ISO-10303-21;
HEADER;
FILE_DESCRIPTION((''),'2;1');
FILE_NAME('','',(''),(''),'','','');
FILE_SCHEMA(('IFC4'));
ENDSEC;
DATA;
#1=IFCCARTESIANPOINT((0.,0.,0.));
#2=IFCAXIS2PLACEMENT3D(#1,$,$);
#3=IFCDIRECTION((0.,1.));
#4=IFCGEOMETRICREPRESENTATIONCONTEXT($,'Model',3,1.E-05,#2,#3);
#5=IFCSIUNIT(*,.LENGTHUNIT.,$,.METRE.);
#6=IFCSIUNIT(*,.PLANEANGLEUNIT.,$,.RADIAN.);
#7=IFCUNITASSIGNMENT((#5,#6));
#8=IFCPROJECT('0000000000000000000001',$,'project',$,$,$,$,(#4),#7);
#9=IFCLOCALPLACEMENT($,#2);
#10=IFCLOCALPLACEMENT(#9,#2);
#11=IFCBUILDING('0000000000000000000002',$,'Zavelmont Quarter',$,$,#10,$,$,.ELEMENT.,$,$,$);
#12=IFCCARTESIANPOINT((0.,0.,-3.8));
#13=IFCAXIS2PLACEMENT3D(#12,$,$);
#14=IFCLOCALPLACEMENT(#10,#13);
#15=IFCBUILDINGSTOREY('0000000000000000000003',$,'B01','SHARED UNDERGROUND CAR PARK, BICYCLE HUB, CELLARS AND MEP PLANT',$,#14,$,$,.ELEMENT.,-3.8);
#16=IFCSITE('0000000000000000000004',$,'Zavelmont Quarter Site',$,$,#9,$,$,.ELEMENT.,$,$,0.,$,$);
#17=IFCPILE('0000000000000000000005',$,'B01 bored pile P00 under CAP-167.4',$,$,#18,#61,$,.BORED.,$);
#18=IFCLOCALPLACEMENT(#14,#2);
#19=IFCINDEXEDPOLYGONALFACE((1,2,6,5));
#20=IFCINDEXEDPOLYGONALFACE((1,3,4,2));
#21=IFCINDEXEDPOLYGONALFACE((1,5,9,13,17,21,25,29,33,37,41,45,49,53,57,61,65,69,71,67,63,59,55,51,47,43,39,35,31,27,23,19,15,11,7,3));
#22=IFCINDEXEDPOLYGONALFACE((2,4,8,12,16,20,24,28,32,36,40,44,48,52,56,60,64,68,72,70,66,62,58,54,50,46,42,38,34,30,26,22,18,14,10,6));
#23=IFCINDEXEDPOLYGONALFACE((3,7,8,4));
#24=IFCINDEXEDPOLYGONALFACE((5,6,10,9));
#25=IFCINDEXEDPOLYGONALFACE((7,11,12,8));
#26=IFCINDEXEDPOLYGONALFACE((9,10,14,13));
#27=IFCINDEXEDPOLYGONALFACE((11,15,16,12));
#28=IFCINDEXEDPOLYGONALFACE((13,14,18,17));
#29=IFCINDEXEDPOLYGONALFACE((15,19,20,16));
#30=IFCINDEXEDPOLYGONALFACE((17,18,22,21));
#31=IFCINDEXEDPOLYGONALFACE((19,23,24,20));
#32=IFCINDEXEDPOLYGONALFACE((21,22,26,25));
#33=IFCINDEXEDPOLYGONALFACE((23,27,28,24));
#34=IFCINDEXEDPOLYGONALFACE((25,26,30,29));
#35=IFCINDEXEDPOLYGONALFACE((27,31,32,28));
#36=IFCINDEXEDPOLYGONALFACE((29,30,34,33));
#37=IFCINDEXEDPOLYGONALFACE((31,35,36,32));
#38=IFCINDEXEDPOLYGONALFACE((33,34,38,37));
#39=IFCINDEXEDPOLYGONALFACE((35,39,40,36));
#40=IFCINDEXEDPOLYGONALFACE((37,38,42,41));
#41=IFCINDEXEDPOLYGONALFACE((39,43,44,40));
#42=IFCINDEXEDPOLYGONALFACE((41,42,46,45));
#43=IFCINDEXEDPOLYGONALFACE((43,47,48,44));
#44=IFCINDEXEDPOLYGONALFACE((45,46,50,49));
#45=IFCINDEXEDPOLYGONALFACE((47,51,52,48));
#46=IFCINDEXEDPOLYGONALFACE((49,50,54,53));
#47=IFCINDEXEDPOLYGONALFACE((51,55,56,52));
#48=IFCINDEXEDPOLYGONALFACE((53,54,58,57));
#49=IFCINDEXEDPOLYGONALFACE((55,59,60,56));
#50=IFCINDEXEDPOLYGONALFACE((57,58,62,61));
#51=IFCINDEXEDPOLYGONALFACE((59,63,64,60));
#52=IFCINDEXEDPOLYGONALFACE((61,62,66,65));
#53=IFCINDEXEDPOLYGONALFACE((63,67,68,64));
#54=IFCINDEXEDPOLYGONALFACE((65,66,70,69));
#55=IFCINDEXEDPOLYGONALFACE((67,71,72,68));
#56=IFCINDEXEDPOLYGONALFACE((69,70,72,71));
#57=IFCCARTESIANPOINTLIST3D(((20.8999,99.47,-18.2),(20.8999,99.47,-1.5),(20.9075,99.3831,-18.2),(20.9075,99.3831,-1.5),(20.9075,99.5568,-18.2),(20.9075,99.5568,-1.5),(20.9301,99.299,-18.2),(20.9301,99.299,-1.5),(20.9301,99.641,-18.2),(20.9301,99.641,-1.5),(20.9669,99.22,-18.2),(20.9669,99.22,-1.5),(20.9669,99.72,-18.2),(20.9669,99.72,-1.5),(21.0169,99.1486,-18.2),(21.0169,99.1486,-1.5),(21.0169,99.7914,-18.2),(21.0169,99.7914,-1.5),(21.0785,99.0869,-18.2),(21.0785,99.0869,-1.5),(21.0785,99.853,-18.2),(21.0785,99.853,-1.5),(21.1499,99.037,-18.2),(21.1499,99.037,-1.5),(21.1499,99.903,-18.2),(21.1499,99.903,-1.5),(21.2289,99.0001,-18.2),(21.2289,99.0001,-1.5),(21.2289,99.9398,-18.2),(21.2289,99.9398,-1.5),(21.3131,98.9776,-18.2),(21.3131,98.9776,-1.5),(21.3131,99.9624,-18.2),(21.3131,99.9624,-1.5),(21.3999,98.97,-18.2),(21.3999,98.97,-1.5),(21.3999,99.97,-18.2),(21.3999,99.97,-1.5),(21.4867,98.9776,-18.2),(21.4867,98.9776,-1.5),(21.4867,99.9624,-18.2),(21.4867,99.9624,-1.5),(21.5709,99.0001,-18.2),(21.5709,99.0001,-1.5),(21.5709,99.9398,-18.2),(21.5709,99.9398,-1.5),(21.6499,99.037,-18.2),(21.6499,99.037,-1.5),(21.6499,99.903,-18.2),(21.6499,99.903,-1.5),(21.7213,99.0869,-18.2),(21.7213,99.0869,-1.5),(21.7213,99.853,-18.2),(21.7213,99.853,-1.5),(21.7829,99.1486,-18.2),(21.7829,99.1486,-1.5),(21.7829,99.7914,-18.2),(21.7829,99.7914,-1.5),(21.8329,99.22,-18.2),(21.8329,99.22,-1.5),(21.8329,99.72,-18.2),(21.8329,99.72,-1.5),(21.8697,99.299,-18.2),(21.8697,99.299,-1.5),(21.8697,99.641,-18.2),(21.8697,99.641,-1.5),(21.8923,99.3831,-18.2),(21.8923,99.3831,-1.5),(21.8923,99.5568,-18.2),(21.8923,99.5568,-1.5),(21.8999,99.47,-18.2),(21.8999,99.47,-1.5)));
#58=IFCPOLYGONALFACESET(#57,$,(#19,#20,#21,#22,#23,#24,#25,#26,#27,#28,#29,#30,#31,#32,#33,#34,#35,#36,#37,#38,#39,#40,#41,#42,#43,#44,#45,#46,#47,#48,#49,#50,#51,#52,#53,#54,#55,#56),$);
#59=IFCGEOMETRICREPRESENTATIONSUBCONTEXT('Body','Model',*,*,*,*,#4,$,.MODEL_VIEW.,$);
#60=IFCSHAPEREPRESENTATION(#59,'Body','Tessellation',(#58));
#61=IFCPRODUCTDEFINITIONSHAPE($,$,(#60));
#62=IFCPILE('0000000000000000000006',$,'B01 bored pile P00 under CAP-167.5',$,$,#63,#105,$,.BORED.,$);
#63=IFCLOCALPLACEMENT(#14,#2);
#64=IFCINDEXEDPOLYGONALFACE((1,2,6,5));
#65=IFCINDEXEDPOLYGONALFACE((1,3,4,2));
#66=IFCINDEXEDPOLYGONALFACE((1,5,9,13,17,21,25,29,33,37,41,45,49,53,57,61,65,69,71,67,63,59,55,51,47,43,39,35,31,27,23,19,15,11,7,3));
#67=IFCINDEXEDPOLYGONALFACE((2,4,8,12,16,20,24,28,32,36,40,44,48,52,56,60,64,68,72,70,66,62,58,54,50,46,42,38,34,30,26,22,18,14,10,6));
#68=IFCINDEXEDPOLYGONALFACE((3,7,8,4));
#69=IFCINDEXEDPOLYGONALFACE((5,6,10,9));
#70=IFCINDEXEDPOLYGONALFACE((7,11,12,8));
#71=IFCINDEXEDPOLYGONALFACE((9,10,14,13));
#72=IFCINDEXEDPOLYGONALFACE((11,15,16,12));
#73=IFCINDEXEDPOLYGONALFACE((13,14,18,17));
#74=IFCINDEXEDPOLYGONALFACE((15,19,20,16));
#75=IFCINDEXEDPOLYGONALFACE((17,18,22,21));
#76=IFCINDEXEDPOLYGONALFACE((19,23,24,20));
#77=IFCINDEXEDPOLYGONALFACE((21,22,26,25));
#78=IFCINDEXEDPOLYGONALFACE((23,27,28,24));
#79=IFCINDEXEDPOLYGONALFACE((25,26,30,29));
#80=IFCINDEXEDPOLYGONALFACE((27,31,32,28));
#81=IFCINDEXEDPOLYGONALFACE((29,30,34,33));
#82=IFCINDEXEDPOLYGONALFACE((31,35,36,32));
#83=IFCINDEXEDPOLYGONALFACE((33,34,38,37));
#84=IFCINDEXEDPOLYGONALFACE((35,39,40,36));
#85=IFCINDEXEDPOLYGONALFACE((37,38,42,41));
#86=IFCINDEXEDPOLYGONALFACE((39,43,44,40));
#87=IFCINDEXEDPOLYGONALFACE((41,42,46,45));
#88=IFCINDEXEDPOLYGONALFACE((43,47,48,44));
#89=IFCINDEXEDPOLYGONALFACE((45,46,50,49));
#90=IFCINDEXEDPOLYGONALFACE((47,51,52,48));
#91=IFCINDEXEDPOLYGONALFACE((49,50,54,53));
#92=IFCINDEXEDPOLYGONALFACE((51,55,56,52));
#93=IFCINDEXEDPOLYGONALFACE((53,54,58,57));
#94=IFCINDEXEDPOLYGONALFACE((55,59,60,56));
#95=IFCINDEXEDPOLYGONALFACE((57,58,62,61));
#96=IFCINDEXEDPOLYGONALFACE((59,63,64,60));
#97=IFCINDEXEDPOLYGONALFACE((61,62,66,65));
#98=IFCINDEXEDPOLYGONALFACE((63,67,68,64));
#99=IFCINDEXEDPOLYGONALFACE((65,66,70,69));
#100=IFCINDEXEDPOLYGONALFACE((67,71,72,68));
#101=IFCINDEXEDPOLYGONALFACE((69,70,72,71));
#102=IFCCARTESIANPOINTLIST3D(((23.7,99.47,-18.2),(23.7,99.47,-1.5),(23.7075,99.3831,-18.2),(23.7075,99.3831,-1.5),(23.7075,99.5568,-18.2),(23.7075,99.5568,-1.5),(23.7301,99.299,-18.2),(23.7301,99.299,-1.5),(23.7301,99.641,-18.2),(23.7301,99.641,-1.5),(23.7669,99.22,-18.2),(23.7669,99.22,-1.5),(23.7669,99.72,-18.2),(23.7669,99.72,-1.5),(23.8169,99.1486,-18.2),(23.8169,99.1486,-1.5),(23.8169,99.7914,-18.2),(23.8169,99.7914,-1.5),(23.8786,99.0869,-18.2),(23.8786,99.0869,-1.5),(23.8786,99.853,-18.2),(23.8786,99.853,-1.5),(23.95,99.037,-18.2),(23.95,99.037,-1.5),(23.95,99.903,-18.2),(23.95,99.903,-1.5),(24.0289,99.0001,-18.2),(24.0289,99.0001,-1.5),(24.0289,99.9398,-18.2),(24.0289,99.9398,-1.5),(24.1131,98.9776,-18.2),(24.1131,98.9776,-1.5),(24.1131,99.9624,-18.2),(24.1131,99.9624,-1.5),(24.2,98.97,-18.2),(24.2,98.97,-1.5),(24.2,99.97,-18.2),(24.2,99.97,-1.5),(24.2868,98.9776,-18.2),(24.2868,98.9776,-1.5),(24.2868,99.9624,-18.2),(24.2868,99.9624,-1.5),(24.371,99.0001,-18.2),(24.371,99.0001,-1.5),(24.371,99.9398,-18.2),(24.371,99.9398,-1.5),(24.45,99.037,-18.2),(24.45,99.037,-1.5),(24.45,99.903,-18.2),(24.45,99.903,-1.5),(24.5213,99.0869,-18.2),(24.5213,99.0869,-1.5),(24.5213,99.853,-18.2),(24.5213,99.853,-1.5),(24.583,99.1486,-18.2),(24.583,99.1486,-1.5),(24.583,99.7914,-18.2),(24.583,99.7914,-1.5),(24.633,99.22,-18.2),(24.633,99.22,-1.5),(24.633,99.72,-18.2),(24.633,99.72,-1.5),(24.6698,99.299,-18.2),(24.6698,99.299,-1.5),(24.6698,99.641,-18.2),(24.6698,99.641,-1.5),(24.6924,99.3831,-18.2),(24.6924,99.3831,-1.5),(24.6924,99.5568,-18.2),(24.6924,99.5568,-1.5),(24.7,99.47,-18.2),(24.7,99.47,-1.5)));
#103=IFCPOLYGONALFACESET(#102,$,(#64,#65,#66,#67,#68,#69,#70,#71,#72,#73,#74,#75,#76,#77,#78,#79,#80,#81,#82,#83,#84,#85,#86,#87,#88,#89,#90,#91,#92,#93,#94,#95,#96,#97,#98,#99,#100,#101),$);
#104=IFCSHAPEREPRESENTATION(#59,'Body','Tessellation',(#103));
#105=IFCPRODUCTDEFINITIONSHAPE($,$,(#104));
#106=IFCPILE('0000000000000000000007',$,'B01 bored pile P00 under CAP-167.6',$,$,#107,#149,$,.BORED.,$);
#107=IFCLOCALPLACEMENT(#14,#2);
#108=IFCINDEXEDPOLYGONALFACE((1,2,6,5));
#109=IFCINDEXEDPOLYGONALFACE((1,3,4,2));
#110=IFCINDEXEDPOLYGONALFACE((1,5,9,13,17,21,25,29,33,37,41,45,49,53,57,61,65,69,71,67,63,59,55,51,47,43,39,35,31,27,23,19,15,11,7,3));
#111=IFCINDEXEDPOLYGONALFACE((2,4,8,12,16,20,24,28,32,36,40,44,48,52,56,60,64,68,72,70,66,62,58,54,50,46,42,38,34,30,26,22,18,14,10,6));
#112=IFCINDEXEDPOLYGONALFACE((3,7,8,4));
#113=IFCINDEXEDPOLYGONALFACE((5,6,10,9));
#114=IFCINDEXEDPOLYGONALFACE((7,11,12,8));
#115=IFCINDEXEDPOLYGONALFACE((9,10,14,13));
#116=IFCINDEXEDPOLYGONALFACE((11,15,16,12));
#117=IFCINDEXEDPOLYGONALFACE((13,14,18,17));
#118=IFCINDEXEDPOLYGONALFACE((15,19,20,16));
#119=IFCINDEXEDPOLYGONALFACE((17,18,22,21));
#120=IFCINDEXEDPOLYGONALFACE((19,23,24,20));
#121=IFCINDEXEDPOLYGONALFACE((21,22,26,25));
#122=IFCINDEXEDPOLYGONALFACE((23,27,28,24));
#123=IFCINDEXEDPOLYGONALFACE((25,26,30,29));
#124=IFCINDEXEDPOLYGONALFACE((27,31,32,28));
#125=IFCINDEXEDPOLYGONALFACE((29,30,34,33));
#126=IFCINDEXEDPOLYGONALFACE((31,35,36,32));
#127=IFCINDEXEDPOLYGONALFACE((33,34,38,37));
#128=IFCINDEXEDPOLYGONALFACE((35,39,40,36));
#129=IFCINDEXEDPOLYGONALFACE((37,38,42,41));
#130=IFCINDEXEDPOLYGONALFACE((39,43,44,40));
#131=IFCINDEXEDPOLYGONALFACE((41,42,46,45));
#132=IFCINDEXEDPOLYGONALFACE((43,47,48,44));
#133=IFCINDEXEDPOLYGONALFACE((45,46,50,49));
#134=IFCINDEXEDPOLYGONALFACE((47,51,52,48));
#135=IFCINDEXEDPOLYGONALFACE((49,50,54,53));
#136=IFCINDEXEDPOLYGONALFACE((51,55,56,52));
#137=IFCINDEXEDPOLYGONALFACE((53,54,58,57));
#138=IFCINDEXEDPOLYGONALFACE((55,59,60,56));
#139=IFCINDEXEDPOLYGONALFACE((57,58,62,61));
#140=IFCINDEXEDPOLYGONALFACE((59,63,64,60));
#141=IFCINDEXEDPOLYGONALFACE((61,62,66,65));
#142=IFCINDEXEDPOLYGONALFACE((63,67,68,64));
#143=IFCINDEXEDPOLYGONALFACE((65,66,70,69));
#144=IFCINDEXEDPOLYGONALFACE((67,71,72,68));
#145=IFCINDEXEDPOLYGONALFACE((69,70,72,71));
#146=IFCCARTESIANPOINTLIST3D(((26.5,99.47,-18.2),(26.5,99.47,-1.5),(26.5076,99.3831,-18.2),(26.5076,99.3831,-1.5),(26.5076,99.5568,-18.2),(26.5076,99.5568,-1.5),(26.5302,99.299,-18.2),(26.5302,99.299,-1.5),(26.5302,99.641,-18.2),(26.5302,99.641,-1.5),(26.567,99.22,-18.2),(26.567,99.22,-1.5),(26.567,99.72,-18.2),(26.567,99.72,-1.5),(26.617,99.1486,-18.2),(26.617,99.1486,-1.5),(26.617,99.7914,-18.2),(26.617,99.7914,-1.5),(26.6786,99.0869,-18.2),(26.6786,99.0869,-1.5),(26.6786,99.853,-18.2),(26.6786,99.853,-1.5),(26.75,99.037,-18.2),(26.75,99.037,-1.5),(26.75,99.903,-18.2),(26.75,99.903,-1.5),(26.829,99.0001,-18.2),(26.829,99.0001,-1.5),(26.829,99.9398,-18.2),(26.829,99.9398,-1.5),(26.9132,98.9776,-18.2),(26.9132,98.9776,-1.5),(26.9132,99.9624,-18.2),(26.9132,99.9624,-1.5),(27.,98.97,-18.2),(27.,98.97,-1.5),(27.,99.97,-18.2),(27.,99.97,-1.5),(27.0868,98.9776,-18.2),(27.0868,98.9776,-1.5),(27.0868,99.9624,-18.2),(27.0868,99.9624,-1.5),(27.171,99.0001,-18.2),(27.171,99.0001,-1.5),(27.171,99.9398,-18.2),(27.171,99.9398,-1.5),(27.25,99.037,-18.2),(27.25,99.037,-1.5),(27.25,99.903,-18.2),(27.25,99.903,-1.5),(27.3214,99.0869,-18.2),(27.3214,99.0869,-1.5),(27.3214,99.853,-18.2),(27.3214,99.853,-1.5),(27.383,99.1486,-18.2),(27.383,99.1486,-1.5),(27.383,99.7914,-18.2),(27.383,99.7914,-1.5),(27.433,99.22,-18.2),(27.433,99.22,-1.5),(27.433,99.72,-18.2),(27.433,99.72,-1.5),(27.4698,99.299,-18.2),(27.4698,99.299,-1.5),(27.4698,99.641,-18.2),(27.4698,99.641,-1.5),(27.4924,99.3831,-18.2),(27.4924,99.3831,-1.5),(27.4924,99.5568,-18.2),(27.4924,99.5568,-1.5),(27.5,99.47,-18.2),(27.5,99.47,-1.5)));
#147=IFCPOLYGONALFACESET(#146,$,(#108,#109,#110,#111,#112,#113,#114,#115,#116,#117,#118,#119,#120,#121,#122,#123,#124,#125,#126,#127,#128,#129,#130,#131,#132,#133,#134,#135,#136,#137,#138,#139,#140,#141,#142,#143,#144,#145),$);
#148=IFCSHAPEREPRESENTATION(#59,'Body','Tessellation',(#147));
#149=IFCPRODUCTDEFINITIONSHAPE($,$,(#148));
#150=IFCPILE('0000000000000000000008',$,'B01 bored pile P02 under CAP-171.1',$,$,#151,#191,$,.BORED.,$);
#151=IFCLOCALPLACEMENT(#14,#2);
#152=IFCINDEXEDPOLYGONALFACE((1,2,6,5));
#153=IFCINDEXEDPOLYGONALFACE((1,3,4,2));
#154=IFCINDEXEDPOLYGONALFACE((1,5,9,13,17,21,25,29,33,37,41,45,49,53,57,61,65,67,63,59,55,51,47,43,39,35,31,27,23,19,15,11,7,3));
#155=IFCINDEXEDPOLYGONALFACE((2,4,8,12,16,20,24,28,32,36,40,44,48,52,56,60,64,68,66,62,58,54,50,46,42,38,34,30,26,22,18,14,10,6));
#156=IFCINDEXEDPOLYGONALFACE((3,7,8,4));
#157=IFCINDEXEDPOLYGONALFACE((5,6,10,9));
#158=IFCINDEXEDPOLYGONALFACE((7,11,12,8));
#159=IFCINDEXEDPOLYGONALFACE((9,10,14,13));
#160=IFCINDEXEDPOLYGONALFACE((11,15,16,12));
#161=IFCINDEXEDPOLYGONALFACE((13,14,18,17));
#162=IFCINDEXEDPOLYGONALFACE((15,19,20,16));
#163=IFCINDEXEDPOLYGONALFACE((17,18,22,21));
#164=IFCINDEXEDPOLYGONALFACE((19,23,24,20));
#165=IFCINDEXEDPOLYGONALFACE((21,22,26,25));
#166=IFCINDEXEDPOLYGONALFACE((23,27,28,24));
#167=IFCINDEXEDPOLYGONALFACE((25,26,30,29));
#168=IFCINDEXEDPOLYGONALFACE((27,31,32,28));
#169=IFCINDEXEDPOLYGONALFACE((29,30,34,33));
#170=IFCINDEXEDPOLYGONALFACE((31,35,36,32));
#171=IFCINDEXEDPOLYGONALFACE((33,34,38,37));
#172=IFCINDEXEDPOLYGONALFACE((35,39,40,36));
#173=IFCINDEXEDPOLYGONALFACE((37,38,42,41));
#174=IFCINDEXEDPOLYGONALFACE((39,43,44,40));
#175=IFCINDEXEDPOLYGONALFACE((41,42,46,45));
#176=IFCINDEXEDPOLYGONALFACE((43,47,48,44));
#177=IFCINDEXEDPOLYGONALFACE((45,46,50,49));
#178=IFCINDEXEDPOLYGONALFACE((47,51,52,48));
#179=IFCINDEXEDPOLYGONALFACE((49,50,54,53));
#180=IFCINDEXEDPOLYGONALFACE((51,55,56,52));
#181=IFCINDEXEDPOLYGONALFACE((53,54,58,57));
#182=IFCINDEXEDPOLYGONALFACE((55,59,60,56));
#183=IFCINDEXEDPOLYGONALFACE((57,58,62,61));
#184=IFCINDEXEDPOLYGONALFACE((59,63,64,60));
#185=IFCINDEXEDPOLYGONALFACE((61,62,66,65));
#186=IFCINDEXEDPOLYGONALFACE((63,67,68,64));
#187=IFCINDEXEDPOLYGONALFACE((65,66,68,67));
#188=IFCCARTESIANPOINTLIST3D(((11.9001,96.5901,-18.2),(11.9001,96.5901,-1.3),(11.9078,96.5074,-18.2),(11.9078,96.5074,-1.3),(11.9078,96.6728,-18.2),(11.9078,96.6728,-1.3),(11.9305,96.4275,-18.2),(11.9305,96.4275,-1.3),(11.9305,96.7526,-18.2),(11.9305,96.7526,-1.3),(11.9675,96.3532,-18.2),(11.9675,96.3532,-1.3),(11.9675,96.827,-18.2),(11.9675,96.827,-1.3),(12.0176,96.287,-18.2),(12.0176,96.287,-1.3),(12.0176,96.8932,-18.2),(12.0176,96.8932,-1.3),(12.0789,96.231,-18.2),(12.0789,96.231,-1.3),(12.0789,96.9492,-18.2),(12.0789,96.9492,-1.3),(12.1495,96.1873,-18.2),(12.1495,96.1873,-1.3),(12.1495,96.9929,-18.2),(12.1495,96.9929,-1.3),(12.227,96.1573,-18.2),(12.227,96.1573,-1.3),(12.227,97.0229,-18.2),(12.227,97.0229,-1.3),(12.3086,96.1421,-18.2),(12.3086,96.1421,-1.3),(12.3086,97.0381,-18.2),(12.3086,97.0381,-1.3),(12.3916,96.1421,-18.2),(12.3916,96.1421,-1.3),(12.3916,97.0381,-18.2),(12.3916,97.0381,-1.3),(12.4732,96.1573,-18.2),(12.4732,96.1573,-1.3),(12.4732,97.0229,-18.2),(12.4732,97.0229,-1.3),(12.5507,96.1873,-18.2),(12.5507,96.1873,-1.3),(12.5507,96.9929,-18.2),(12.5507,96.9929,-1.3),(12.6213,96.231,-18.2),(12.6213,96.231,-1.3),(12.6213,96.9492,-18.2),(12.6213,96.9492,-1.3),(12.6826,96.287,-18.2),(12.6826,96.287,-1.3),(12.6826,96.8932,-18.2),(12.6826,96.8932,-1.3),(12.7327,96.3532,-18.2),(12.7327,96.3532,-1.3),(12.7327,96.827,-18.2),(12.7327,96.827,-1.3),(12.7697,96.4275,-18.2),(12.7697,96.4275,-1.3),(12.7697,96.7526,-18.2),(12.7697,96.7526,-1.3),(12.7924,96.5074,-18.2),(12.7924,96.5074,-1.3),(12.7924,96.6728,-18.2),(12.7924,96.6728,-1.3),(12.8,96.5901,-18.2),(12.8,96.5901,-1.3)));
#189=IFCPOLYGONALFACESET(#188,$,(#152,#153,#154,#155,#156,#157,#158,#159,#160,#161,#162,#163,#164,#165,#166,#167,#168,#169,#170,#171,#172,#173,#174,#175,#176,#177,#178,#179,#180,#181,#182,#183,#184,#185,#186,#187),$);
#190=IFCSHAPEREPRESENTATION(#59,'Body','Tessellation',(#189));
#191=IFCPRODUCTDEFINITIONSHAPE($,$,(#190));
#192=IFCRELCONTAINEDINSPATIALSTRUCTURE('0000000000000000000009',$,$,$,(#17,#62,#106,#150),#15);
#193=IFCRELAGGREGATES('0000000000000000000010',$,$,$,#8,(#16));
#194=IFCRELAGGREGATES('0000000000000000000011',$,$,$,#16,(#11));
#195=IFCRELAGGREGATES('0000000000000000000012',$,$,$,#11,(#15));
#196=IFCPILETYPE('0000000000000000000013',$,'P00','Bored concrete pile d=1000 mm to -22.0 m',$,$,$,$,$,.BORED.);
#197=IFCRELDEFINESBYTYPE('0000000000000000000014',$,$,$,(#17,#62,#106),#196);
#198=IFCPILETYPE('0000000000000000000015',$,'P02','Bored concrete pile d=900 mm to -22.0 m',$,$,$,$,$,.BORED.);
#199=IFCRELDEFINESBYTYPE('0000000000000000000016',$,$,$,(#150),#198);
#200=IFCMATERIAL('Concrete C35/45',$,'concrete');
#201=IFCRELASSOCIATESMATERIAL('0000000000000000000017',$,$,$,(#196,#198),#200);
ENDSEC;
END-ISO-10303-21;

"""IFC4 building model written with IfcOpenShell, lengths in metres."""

from ifc_helpers import new_model, si_unit, direction, frame, origin, origin_2d, place, context, subcontext, project, spatial, circle, extrude, material, material_profile, profile_set, type_object, element, save


model = new_model("IFC4")

# Units and contexts
model_context = context("Model", 3, precision=1e-05, world=origin(), true_north=direction((0.0, 1.0)))
body_context = subcontext(model_context, "Body", "Model", "MODEL_VIEW")
ifc_project = project(units=[si_unit("LENGTHUNIT", "METRE"), si_unit("PLANEANGLEUNIT", "RADIAN")], contexts=[model_context])

# Site, building, storey
site_placement = place(None, origin())
site = spatial("IfcSite", under=ifc_project, at=site_placement, Name="Zavelmont Quarter Site", CompositionType="ELEMENT", RefElevation=0.0)
building_placement = place(site_placement, origin())
building = spatial("IfcBuilding", under=site, at=building_placement, Name="Zavelmont Quarter", CompositionType="ELEMENT")
storey_placement = place(building_placement, frame((0.0, 0.0, -3.8)))
storey = spatial("IfcBuildingStorey", under=building, at=storey_placement, Name="B01", Description="SHARED UNDERGROUND CAR PARK, BICYCLE HUB, CELLARS AND MEP PLANT", CompositionType="ELEMENT", Elevation=-3.8)

# Shared definitions
ifc_material_1 = material(Name="Concrete C35/45", Category="concrete")

# Piles
ifc_material_profile_1 = material_profile(ifc_material_1, circle(Radius=0.5, at=origin_2d()), Name="BP1000")
ifc_profile_set_1 = profile_set([ifc_material_profile_1], Name="Concrete C35/45")
pile_type_1 = type_object("IfcPileType", Name="P00", Description="Bored concrete pile d=1000 mm to -22.0 m", PredefinedType="BORED", material=ifc_profile_set_1)
for number, where, z_axis, x_axis, name in (
    (1, (21.3999, 99.47, -1.5), (0.0, 0.0, -1.0), (1.0, 0.0, 0.0), "B01 bored pile P00 under CAP-167.4"),
    (2, (24.2, 99.47, -1.5), (0.0, 0.0, -1.0), (1.0, 0.0, 0.0), "B01 bored pile P00 under CAP-167.5"),
    (3, (27.0, 99.47, -1.5), (0.0, 0.0, -1.0), (1.0, 0.0, 0.0), "B01 bored pile P00 under CAP-167.6"),
):
    element("IfcPile", number, at=place(storey_placement, frame(where, z_axis=z_axis, x_axis=x_axis)), inside=storey, type_object=pile_type_1, Name=name, PredefinedType="BORED", context=body_context, shape_type="SweptSolid", body=[
        extrude(circle(Radius=0.5, at=origin_2d()), origin(), (0.0, 0.0, 1.0), 16.7),
    ])
ifc_material_profile_2 = material_profile(ifc_material_1, circle(Radius=0.45, at=origin_2d()), Name="BP900")
ifc_profile_set_2 = profile_set([ifc_material_profile_2], Name="Concrete C35/45")
pile_type_2 = type_object("IfcPileType", Name="P02", Description="Bored concrete pile d=900 mm to -22.0 m", PredefinedType="BORED", material=ifc_profile_set_2)
for number, where, z_axis, x_axis, name in (
    (4, (12.3501, 96.5901, -1.3), (0.0, 0.0, -1.0), (1.0, 0.0, 0.0), "B01 bored pile P02 under CAP-171.1"),
):
    element("IfcPile", number, at=place(storey_placement, frame(where, z_axis=z_axis, x_axis=x_axis)), inside=storey, type_object=pile_type_2, Name=name, PredefinedType="BORED", context=body_context, shape_type="SweptSolid", body=[
        extrude(circle(Radius=0.45, at=origin_2d()), origin(), (0.0, 0.0, 1.0), 16.8999),
    ])

save(model, "model.ifc")
